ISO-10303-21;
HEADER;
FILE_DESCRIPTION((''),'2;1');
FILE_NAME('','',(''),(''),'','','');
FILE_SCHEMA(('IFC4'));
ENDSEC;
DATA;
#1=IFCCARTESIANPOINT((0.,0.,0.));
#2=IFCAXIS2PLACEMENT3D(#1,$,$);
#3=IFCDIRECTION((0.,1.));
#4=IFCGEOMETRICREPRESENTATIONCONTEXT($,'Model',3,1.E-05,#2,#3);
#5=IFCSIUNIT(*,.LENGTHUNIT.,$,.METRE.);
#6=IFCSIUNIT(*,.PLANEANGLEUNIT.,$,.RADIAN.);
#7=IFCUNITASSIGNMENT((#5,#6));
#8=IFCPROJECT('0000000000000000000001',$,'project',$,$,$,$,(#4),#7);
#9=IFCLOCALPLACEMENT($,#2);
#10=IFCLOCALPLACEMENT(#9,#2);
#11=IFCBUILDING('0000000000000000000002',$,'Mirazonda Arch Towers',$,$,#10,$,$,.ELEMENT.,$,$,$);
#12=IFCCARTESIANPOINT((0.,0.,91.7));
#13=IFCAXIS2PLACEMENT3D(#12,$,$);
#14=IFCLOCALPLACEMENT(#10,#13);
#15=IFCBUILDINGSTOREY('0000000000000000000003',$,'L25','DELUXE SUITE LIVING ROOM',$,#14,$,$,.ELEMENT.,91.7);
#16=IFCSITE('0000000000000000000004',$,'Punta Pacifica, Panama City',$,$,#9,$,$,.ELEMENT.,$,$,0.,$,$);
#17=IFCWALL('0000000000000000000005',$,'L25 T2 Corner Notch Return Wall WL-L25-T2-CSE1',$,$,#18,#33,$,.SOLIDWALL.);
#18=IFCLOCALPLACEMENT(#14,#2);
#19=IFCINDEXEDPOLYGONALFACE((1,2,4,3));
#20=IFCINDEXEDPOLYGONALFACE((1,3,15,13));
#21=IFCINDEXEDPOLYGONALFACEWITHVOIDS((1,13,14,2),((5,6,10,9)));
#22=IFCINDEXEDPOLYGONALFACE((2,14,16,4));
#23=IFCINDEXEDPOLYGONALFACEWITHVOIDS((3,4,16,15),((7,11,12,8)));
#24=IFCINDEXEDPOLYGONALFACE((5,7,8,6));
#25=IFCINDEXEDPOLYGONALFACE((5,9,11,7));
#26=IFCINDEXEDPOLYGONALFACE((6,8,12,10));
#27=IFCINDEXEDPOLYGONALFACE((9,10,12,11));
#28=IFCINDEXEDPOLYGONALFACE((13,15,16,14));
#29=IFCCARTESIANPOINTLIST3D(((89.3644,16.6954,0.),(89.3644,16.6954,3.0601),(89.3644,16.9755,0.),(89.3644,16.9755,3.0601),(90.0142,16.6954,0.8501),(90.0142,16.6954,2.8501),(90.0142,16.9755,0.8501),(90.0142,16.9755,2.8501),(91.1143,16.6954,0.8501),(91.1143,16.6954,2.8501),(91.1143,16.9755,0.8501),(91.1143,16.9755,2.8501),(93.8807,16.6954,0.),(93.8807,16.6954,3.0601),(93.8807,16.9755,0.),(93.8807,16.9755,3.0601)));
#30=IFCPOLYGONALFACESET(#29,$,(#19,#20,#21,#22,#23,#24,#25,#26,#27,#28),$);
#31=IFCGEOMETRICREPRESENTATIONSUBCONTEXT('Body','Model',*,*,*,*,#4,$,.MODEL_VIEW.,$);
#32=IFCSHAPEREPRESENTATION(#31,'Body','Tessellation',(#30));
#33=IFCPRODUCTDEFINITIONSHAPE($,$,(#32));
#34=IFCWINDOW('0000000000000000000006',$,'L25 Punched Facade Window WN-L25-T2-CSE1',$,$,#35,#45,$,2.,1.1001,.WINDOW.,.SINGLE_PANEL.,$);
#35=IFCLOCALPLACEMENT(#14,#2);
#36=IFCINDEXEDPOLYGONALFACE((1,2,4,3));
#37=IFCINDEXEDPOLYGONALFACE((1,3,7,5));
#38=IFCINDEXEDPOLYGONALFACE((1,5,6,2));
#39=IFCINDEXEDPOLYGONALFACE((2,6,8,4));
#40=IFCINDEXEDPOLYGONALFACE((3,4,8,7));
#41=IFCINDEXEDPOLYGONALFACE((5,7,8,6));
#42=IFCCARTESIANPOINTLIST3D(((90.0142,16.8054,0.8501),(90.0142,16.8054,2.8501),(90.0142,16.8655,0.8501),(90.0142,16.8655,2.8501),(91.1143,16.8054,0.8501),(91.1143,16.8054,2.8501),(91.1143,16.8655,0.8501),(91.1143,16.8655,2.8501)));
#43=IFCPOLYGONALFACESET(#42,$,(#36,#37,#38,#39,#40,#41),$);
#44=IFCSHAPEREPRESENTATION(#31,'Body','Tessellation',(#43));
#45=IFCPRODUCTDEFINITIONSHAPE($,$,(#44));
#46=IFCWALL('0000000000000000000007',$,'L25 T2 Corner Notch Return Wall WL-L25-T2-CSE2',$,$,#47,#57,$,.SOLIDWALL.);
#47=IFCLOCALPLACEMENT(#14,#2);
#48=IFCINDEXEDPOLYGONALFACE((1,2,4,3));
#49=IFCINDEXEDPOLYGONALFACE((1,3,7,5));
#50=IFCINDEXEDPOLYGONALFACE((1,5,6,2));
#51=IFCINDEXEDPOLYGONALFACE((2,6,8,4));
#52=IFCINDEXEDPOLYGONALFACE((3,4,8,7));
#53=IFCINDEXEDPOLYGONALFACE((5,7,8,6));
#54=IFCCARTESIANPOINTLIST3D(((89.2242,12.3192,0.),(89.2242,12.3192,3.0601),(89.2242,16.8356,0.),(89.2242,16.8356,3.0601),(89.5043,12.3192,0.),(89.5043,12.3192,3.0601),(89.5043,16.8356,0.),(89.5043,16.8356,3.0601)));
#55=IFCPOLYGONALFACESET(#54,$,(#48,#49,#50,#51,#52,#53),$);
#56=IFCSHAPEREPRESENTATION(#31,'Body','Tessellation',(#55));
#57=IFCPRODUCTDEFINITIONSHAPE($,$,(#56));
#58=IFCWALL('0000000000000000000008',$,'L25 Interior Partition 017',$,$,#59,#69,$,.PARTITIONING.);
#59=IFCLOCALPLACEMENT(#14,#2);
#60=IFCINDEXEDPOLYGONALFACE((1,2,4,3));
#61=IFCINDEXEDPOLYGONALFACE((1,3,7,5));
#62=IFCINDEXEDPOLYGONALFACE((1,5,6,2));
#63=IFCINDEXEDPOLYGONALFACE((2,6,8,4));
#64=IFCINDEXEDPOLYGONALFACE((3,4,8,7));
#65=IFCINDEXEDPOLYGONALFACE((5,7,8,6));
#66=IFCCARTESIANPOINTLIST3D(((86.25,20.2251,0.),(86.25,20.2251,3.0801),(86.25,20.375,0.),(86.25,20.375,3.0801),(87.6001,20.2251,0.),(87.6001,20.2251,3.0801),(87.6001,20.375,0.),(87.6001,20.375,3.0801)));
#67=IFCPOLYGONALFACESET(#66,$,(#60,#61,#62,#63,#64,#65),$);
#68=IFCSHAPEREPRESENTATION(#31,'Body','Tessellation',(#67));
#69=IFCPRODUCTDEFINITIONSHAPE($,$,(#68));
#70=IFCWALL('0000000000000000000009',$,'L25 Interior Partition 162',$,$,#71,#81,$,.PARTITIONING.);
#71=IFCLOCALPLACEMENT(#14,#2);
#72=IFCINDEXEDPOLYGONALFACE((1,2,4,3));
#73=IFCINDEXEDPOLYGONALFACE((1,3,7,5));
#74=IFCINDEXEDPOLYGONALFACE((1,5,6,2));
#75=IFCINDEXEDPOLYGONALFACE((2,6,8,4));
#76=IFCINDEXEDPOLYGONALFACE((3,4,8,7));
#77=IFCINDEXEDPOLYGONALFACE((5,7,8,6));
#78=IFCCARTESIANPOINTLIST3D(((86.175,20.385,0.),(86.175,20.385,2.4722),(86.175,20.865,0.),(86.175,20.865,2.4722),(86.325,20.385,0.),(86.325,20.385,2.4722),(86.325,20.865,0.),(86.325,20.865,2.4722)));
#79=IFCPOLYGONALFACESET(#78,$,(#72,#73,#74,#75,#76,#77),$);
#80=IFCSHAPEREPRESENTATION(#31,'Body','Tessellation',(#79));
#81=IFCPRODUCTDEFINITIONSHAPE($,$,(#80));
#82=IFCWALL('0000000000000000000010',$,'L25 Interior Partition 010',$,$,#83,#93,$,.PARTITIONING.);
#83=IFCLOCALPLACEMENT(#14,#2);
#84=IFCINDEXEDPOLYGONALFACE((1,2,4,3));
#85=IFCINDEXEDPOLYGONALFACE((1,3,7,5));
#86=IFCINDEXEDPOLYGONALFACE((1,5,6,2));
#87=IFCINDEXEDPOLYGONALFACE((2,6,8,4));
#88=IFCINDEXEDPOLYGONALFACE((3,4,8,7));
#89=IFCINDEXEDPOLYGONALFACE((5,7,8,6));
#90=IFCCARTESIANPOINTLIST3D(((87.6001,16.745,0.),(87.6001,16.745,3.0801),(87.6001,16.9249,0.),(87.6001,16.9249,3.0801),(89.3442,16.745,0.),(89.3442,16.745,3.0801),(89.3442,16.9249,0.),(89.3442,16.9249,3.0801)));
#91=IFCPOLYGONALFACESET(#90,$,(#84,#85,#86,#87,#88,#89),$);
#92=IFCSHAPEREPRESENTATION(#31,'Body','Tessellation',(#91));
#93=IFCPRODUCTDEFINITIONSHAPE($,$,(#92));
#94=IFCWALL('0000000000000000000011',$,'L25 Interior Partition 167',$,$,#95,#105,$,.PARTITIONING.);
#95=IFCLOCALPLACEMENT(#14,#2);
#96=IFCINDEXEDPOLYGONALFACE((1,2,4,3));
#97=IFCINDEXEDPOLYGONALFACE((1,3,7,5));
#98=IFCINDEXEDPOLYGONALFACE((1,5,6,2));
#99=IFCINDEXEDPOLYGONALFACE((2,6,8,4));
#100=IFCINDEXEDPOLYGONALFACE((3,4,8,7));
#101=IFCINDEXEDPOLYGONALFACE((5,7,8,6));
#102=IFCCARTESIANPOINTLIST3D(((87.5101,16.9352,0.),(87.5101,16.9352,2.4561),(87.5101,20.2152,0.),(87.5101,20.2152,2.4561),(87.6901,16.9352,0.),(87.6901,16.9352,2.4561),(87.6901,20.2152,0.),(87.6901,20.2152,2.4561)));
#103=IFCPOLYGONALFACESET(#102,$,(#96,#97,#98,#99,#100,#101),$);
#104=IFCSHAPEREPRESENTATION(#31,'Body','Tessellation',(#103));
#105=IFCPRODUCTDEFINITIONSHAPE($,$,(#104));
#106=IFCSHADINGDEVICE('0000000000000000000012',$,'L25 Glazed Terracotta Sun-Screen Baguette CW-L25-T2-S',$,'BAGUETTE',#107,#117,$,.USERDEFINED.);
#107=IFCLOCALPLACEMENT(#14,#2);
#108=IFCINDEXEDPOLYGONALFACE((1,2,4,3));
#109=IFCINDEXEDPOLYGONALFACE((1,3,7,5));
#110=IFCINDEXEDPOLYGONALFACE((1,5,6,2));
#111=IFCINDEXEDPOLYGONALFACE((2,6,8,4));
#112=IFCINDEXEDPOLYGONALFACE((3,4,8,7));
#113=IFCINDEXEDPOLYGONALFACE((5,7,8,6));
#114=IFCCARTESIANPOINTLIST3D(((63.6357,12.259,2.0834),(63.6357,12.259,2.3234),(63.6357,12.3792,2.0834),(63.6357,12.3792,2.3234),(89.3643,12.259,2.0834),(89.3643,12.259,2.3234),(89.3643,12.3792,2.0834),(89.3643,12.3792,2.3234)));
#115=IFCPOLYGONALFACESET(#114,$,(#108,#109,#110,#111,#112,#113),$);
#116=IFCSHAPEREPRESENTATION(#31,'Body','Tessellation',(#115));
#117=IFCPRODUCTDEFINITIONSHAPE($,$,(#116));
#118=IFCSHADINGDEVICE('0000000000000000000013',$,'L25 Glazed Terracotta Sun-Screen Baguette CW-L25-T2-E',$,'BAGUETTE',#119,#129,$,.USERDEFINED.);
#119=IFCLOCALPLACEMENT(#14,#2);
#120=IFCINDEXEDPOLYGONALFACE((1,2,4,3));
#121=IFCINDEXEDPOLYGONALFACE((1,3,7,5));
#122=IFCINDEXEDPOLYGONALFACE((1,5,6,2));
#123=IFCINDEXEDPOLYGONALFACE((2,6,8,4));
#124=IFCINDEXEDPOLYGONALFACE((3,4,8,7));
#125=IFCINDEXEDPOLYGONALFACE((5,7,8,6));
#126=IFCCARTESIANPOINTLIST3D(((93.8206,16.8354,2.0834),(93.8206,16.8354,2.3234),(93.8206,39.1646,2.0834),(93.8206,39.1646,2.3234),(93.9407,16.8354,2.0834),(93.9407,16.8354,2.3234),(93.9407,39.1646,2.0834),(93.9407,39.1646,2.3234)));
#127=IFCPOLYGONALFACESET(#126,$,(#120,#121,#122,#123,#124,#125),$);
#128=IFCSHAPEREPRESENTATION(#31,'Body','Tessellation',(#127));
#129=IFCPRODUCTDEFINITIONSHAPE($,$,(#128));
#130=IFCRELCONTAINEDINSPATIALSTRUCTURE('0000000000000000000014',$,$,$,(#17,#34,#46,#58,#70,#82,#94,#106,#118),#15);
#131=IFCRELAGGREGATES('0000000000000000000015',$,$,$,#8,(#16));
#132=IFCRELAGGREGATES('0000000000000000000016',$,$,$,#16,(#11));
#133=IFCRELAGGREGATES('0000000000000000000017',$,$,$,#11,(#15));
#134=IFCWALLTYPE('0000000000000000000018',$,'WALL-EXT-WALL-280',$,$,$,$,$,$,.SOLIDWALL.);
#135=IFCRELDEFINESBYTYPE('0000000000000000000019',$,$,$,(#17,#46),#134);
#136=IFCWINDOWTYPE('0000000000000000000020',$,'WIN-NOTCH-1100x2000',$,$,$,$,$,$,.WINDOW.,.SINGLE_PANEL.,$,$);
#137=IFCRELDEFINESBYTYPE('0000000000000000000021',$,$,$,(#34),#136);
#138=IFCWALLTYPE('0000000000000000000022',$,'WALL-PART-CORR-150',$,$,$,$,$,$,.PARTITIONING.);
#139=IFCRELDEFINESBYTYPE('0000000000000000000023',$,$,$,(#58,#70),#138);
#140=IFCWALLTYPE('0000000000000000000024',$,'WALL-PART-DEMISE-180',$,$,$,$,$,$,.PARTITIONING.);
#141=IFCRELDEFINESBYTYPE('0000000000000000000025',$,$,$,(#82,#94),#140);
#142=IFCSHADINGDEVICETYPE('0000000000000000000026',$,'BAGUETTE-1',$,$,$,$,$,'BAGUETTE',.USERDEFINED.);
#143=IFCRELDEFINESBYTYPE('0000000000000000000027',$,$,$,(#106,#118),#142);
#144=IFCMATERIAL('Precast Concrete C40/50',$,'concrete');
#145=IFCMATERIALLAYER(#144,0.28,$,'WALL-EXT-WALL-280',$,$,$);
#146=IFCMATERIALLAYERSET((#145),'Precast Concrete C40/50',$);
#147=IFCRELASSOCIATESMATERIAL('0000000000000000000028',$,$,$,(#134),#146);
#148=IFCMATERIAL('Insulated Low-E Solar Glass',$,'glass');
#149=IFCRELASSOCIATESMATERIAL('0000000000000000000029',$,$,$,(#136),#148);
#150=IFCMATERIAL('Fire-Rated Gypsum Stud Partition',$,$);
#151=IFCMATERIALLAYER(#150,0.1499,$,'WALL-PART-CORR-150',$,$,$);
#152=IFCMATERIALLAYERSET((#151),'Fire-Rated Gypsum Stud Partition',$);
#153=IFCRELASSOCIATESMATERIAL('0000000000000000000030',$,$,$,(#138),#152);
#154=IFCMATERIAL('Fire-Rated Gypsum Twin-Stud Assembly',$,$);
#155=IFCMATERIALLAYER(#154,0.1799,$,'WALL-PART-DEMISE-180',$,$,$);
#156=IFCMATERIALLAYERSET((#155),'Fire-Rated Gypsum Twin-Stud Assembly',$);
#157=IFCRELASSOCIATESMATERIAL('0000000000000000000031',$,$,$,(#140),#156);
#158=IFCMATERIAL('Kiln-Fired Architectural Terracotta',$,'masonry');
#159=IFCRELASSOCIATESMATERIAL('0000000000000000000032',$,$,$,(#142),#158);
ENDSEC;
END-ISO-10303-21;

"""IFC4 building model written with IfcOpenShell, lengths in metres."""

from ifc_helpers import new_model, si_unit, direction, frame, frame_2d, origin, origin_2d, place, context, subcontext, project, spatial, rectangle, extrude, material, layer, layer_set, material_profile, profile_set, type_object, element, fill, save


model = new_model("IFC4")

# Units and contexts
model_context = context("Model", 3, precision=1e-05, world=origin(), true_north=direction((0.0, 1.0)))
body_context = subcontext(model_context, "Body", "Model", "MODEL_VIEW")
ifc_project = project(units=[si_unit("LENGTHUNIT", "METRE"), si_unit("PLANEANGLEUNIT", "RADIAN")], contexts=[model_context])

# Site, building, storey
site_placement = place(None, origin())
site = spatial("IfcSite", under=ifc_project, at=site_placement, Name="Punta Pacifica, Panama City", CompositionType="ELEMENT", RefElevation=0.0)
building_placement = place(site_placement, origin())
building = spatial("IfcBuilding", under=site, at=building_placement, Name="Mirazonda Arch Towers", CompositionType="ELEMENT")
storey_placement = place(building_placement, frame((0.0, 0.0, 91.7)))
storey = spatial("IfcBuildingStorey", under=building, at=storey_placement, Name="L25", Description="DELUXE SUITE LIVING ROOM", CompositionType="ELEMENT", Elevation=91.7)

# Shared definitions
ifc_material_1 = material(Name="Insulated Low-E Solar Glass", Category="glass")

# Wall, opening, window
ifc_material_2 = material(Name="Precast Concrete C40/50", Category="concrete")
ifc_layer_1 = layer(ifc_material_2, 0.28, Name="WALL-EXT-WALL-280")
ifc_layer_set_1 = layer_set([ifc_layer_1], Name="Precast Concrete C40/50")
wall_type_1 = type_object("IfcWallType", Name="WALL-EXT-WALL-280", PredefinedType="SOLIDWALL", material=ifc_layer_set_1)
wall_1_placement = place(storey_placement, frame((89.3643, 16.8354, 0.0), z_axis=(0.0, 0.0, 1.0), x_axis=(1.0, 0.0, 0.0)))
wall_1 = element("IfcWall", 1, at=wall_1_placement, inside=storey, type_object=wall_type_1, Name="L25 T2 Corner Notch Return Wall WL-L25-T2-CSE1", PredefinedType="SOLIDWALL", context=body_context, shape_type="SweptSolid", body=[
    extrude(rectangle(XDim=4.5164, YDim=0.28, at=frame_2d((2.2583, 0.0))), origin(), (0.0, 0.0, 1.0), 3.0601),
])
opening_placement = place(wall_1_placement, frame((0.6499, 0.0, 0.8501)))
opening = element("IfcOpeningElement", 2, at=opening_placement, cuts=wall_1, PredefinedType="OPENING", context=body_context, shape_type="SweptSolid", body=[
    extrude(rectangle(XDim=1.1001, YDim=2.0, at=frame_2d((0.55, 1.0))), frame((0.0, 0.1499, 0.0), z_axis=(0.0, -1.0, 0.0), x_axis=(1.0, 0.0, 0.0)), (0.0, 0.0, 1.0), 0.3),
])
window_type = type_object("IfcWindowType", Name="WIN-NOTCH-1100x2000", PartitioningType="SINGLE_PANEL", PredefinedType="WINDOW", material=ifc_material_1)
window_placement = place(opening_placement, origin())
window = element("IfcWindow", 3, at=window_placement, inside=storey, type_object=window_type, Name="L25 Punched Facade Window WN-L25-T2-CSE1", OverallHeight=2.0, OverallWidth=1.1001, PartitioningType="SINGLE_PANEL", PredefinedType="WINDOW", context=body_context, shape_type="SweptSolid", body=[
    extrude(rectangle(XDim=1.1001, YDim=2.0, at=frame_2d((0.55, 1.0))), frame((0.0, 0.03, 0.0), z_axis=(0.0, -1.0, 0.0), x_axis=(1.0, 0.0, 0.0)), (0.0, 0.0, 1.0), 0.0601),
])
fill(opening, window)

# Walls
wall_2_placement = place(storey_placement, frame((89.3643, 12.3191, 0.0), z_axis=(0.0, 0.0, 1.0), x_axis=(0.0, 1.0, 0.0)))
element("IfcWall", 4, at=wall_2_placement, inside=storey, type_object=wall_type_1, Name="L25 T2 Corner Notch Return Wall WL-L25-T2-CSE2", PredefinedType="SOLIDWALL", context=body_context, shape_type="SweptSolid", body=[
    extrude(rectangle(XDim=4.5164, YDim=0.28, at=frame_2d((2.2583, 0.0))), origin(), (0.0, 0.0, 1.0), 3.0601),
])
ifc_material_3 = material(Name="Fire-Rated Gypsum Stud Partition")
ifc_layer_2 = layer(ifc_material_3, 0.1499, Name="WALL-PART-CORR-150")
ifc_layer_set_2 = layer_set([ifc_layer_2], Name="Fire-Rated Gypsum Stud Partition")
wall_type_2 = type_object("IfcWallType", Name="WALL-PART-CORR-150", PredefinedType="PARTITIONING", material=ifc_layer_set_2)
wall_3_placement = place(storey_placement, frame((86.25, 20.3, 0.0), z_axis=(0.0, 0.0, 1.0), x_axis=(1.0, 0.0, 0.0)))
element("IfcWall", 5, at=wall_3_placement, inside=storey, type_object=wall_type_2, Name="L25 Interior Partition 017", PredefinedType="PARTITIONING", context=body_context, shape_type="SweptSolid", body=[
    extrude(rectangle(XDim=1.3501, YDim=0.1499, at=frame_2d((0.675, 0.0))), origin(), (0.0, 0.0, 1.0), 3.0801),
])
wall_4_placement = place(storey_placement, frame((86.25, 20.385, 0.0), z_axis=(0.0, 0.0, 1.0), x_axis=(0.0, 1.0, 0.0)))
element("IfcWall", 6, at=wall_4_placement, inside=storey, type_object=wall_type_2, Name="L25 Interior Partition 162", PredefinedType="PARTITIONING", context=body_context, shape_type="SweptSolid", body=[
    extrude(rectangle(XDim=0.48, YDim=0.1499, at=frame_2d((0.24, 0.0))), origin(), (0.0, 0.0, 1.0), 2.4722),
])
ifc_material_4 = material(Name="Fire-Rated Gypsum Twin-Stud Assembly")
ifc_layer_3 = layer(ifc_material_4, 0.1799, Name="WALL-PART-DEMISE-180")
ifc_layer_set_3 = layer_set([ifc_layer_3], Name="Fire-Rated Gypsum Twin-Stud Assembly")
wall_type_3 = type_object("IfcWallType", Name="WALL-PART-DEMISE-180", PredefinedType="PARTITIONING", material=ifc_layer_set_3)
wall_5_placement = place(storey_placement, frame((87.6001, 16.835, 0.0), z_axis=(0.0, 0.0, 1.0), x_axis=(1.0, 0.0, 0.0)))
element("IfcWall", 7, at=wall_5_placement, inside=storey, type_object=wall_type_3, Name="L25 Interior Partition 010", PredefinedType="PARTITIONING", context=body_context, shape_type="SweptSolid", body=[
    extrude(rectangle(XDim=1.7441, YDim=0.1799, at=frame_2d((0.8721, 0.0))), origin(), (0.0, 0.0, 1.0), 3.0801),
])
wall_6_placement = place(storey_placement, frame((87.6001, 16.9351, 0.0), z_axis=(0.0, 0.0, 1.0), x_axis=(0.0, 1.0, 0.0)))
element("IfcWall", 8, at=wall_6_placement, inside=storey, type_object=wall_type_3, Name="L25 Interior Partition 167", PredefinedType="PARTITIONING", context=body_context, shape_type="SweptSolid", body=[
    extrude(rectangle(XDim=3.28, YDim=0.1799, at=frame_2d((1.6401, 0.0))), origin(), (0.0, 0.0, 1.0), 2.4561),
])

# Shading devices
ifc_material_5 = material(Name="Kiln-Fired Architectural Terracotta", Category="masonry")
ifc_material_profile_1 = material_profile(ifc_material_5, rectangle(XDim=0.1201, YDim=0.24, at=origin_2d()), Name="TERRA-BAG-120x240")
ifc_profile_set_1 = profile_set([ifc_material_profile_1], Name="Kiln-Fired Architectural Terracotta")
shading_device_type = type_object("IfcShadingDeviceType", Name="BAGUETTE-1", ElementType="BAGUETTE", PredefinedType="USERDEFINED", material=ifc_profile_set_1)
shading_device_1_placement = place(storey_placement, frame((89.3643, 12.3191, 2.2034), z_axis=(-1.0, 0.0, 0.0), x_axis=(0.0, -1.0, 0.0)))
element("IfcShadingDevice", 9, at=shading_device_1_placement, inside=storey, type_object=shading_device_type, Name="L25 Glazed Terracotta Sun-Screen Baguette CW-L25-T2-S", ObjectType="BAGUETTE", PredefinedType="USERDEFINED", context=body_context, shape_type="SweptSolid", body=[
    extrude(rectangle(XDim=0.1201, YDim=0.24, at=origin_2d()), origin(), (0.0, 0.0, 1.0), 25.7285),
])
shading_device_2_placement = place(storey_placement, frame((93.8806, 16.8354, 2.2034), z_axis=(0.0, 1.0, 0.0), x_axis=(-1.0, 0.0, 0.0)))
element("IfcShadingDevice", 10, at=shading_device_2_placement, inside=storey, type_object=shading_device_type, Name="L25 Glazed Terracotta Sun-Screen Baguette CW-L25-T2-E", ObjectType="BAGUETTE", PredefinedType="USERDEFINED", context=body_context, shape_type="SweptSolid", body=[
    extrude(rectangle(XDim=0.1201, YDim=0.24, at=origin_2d()), origin(), (0.0, 0.0, 1.0), 22.3291),
])

save(model, "model.ifc")
